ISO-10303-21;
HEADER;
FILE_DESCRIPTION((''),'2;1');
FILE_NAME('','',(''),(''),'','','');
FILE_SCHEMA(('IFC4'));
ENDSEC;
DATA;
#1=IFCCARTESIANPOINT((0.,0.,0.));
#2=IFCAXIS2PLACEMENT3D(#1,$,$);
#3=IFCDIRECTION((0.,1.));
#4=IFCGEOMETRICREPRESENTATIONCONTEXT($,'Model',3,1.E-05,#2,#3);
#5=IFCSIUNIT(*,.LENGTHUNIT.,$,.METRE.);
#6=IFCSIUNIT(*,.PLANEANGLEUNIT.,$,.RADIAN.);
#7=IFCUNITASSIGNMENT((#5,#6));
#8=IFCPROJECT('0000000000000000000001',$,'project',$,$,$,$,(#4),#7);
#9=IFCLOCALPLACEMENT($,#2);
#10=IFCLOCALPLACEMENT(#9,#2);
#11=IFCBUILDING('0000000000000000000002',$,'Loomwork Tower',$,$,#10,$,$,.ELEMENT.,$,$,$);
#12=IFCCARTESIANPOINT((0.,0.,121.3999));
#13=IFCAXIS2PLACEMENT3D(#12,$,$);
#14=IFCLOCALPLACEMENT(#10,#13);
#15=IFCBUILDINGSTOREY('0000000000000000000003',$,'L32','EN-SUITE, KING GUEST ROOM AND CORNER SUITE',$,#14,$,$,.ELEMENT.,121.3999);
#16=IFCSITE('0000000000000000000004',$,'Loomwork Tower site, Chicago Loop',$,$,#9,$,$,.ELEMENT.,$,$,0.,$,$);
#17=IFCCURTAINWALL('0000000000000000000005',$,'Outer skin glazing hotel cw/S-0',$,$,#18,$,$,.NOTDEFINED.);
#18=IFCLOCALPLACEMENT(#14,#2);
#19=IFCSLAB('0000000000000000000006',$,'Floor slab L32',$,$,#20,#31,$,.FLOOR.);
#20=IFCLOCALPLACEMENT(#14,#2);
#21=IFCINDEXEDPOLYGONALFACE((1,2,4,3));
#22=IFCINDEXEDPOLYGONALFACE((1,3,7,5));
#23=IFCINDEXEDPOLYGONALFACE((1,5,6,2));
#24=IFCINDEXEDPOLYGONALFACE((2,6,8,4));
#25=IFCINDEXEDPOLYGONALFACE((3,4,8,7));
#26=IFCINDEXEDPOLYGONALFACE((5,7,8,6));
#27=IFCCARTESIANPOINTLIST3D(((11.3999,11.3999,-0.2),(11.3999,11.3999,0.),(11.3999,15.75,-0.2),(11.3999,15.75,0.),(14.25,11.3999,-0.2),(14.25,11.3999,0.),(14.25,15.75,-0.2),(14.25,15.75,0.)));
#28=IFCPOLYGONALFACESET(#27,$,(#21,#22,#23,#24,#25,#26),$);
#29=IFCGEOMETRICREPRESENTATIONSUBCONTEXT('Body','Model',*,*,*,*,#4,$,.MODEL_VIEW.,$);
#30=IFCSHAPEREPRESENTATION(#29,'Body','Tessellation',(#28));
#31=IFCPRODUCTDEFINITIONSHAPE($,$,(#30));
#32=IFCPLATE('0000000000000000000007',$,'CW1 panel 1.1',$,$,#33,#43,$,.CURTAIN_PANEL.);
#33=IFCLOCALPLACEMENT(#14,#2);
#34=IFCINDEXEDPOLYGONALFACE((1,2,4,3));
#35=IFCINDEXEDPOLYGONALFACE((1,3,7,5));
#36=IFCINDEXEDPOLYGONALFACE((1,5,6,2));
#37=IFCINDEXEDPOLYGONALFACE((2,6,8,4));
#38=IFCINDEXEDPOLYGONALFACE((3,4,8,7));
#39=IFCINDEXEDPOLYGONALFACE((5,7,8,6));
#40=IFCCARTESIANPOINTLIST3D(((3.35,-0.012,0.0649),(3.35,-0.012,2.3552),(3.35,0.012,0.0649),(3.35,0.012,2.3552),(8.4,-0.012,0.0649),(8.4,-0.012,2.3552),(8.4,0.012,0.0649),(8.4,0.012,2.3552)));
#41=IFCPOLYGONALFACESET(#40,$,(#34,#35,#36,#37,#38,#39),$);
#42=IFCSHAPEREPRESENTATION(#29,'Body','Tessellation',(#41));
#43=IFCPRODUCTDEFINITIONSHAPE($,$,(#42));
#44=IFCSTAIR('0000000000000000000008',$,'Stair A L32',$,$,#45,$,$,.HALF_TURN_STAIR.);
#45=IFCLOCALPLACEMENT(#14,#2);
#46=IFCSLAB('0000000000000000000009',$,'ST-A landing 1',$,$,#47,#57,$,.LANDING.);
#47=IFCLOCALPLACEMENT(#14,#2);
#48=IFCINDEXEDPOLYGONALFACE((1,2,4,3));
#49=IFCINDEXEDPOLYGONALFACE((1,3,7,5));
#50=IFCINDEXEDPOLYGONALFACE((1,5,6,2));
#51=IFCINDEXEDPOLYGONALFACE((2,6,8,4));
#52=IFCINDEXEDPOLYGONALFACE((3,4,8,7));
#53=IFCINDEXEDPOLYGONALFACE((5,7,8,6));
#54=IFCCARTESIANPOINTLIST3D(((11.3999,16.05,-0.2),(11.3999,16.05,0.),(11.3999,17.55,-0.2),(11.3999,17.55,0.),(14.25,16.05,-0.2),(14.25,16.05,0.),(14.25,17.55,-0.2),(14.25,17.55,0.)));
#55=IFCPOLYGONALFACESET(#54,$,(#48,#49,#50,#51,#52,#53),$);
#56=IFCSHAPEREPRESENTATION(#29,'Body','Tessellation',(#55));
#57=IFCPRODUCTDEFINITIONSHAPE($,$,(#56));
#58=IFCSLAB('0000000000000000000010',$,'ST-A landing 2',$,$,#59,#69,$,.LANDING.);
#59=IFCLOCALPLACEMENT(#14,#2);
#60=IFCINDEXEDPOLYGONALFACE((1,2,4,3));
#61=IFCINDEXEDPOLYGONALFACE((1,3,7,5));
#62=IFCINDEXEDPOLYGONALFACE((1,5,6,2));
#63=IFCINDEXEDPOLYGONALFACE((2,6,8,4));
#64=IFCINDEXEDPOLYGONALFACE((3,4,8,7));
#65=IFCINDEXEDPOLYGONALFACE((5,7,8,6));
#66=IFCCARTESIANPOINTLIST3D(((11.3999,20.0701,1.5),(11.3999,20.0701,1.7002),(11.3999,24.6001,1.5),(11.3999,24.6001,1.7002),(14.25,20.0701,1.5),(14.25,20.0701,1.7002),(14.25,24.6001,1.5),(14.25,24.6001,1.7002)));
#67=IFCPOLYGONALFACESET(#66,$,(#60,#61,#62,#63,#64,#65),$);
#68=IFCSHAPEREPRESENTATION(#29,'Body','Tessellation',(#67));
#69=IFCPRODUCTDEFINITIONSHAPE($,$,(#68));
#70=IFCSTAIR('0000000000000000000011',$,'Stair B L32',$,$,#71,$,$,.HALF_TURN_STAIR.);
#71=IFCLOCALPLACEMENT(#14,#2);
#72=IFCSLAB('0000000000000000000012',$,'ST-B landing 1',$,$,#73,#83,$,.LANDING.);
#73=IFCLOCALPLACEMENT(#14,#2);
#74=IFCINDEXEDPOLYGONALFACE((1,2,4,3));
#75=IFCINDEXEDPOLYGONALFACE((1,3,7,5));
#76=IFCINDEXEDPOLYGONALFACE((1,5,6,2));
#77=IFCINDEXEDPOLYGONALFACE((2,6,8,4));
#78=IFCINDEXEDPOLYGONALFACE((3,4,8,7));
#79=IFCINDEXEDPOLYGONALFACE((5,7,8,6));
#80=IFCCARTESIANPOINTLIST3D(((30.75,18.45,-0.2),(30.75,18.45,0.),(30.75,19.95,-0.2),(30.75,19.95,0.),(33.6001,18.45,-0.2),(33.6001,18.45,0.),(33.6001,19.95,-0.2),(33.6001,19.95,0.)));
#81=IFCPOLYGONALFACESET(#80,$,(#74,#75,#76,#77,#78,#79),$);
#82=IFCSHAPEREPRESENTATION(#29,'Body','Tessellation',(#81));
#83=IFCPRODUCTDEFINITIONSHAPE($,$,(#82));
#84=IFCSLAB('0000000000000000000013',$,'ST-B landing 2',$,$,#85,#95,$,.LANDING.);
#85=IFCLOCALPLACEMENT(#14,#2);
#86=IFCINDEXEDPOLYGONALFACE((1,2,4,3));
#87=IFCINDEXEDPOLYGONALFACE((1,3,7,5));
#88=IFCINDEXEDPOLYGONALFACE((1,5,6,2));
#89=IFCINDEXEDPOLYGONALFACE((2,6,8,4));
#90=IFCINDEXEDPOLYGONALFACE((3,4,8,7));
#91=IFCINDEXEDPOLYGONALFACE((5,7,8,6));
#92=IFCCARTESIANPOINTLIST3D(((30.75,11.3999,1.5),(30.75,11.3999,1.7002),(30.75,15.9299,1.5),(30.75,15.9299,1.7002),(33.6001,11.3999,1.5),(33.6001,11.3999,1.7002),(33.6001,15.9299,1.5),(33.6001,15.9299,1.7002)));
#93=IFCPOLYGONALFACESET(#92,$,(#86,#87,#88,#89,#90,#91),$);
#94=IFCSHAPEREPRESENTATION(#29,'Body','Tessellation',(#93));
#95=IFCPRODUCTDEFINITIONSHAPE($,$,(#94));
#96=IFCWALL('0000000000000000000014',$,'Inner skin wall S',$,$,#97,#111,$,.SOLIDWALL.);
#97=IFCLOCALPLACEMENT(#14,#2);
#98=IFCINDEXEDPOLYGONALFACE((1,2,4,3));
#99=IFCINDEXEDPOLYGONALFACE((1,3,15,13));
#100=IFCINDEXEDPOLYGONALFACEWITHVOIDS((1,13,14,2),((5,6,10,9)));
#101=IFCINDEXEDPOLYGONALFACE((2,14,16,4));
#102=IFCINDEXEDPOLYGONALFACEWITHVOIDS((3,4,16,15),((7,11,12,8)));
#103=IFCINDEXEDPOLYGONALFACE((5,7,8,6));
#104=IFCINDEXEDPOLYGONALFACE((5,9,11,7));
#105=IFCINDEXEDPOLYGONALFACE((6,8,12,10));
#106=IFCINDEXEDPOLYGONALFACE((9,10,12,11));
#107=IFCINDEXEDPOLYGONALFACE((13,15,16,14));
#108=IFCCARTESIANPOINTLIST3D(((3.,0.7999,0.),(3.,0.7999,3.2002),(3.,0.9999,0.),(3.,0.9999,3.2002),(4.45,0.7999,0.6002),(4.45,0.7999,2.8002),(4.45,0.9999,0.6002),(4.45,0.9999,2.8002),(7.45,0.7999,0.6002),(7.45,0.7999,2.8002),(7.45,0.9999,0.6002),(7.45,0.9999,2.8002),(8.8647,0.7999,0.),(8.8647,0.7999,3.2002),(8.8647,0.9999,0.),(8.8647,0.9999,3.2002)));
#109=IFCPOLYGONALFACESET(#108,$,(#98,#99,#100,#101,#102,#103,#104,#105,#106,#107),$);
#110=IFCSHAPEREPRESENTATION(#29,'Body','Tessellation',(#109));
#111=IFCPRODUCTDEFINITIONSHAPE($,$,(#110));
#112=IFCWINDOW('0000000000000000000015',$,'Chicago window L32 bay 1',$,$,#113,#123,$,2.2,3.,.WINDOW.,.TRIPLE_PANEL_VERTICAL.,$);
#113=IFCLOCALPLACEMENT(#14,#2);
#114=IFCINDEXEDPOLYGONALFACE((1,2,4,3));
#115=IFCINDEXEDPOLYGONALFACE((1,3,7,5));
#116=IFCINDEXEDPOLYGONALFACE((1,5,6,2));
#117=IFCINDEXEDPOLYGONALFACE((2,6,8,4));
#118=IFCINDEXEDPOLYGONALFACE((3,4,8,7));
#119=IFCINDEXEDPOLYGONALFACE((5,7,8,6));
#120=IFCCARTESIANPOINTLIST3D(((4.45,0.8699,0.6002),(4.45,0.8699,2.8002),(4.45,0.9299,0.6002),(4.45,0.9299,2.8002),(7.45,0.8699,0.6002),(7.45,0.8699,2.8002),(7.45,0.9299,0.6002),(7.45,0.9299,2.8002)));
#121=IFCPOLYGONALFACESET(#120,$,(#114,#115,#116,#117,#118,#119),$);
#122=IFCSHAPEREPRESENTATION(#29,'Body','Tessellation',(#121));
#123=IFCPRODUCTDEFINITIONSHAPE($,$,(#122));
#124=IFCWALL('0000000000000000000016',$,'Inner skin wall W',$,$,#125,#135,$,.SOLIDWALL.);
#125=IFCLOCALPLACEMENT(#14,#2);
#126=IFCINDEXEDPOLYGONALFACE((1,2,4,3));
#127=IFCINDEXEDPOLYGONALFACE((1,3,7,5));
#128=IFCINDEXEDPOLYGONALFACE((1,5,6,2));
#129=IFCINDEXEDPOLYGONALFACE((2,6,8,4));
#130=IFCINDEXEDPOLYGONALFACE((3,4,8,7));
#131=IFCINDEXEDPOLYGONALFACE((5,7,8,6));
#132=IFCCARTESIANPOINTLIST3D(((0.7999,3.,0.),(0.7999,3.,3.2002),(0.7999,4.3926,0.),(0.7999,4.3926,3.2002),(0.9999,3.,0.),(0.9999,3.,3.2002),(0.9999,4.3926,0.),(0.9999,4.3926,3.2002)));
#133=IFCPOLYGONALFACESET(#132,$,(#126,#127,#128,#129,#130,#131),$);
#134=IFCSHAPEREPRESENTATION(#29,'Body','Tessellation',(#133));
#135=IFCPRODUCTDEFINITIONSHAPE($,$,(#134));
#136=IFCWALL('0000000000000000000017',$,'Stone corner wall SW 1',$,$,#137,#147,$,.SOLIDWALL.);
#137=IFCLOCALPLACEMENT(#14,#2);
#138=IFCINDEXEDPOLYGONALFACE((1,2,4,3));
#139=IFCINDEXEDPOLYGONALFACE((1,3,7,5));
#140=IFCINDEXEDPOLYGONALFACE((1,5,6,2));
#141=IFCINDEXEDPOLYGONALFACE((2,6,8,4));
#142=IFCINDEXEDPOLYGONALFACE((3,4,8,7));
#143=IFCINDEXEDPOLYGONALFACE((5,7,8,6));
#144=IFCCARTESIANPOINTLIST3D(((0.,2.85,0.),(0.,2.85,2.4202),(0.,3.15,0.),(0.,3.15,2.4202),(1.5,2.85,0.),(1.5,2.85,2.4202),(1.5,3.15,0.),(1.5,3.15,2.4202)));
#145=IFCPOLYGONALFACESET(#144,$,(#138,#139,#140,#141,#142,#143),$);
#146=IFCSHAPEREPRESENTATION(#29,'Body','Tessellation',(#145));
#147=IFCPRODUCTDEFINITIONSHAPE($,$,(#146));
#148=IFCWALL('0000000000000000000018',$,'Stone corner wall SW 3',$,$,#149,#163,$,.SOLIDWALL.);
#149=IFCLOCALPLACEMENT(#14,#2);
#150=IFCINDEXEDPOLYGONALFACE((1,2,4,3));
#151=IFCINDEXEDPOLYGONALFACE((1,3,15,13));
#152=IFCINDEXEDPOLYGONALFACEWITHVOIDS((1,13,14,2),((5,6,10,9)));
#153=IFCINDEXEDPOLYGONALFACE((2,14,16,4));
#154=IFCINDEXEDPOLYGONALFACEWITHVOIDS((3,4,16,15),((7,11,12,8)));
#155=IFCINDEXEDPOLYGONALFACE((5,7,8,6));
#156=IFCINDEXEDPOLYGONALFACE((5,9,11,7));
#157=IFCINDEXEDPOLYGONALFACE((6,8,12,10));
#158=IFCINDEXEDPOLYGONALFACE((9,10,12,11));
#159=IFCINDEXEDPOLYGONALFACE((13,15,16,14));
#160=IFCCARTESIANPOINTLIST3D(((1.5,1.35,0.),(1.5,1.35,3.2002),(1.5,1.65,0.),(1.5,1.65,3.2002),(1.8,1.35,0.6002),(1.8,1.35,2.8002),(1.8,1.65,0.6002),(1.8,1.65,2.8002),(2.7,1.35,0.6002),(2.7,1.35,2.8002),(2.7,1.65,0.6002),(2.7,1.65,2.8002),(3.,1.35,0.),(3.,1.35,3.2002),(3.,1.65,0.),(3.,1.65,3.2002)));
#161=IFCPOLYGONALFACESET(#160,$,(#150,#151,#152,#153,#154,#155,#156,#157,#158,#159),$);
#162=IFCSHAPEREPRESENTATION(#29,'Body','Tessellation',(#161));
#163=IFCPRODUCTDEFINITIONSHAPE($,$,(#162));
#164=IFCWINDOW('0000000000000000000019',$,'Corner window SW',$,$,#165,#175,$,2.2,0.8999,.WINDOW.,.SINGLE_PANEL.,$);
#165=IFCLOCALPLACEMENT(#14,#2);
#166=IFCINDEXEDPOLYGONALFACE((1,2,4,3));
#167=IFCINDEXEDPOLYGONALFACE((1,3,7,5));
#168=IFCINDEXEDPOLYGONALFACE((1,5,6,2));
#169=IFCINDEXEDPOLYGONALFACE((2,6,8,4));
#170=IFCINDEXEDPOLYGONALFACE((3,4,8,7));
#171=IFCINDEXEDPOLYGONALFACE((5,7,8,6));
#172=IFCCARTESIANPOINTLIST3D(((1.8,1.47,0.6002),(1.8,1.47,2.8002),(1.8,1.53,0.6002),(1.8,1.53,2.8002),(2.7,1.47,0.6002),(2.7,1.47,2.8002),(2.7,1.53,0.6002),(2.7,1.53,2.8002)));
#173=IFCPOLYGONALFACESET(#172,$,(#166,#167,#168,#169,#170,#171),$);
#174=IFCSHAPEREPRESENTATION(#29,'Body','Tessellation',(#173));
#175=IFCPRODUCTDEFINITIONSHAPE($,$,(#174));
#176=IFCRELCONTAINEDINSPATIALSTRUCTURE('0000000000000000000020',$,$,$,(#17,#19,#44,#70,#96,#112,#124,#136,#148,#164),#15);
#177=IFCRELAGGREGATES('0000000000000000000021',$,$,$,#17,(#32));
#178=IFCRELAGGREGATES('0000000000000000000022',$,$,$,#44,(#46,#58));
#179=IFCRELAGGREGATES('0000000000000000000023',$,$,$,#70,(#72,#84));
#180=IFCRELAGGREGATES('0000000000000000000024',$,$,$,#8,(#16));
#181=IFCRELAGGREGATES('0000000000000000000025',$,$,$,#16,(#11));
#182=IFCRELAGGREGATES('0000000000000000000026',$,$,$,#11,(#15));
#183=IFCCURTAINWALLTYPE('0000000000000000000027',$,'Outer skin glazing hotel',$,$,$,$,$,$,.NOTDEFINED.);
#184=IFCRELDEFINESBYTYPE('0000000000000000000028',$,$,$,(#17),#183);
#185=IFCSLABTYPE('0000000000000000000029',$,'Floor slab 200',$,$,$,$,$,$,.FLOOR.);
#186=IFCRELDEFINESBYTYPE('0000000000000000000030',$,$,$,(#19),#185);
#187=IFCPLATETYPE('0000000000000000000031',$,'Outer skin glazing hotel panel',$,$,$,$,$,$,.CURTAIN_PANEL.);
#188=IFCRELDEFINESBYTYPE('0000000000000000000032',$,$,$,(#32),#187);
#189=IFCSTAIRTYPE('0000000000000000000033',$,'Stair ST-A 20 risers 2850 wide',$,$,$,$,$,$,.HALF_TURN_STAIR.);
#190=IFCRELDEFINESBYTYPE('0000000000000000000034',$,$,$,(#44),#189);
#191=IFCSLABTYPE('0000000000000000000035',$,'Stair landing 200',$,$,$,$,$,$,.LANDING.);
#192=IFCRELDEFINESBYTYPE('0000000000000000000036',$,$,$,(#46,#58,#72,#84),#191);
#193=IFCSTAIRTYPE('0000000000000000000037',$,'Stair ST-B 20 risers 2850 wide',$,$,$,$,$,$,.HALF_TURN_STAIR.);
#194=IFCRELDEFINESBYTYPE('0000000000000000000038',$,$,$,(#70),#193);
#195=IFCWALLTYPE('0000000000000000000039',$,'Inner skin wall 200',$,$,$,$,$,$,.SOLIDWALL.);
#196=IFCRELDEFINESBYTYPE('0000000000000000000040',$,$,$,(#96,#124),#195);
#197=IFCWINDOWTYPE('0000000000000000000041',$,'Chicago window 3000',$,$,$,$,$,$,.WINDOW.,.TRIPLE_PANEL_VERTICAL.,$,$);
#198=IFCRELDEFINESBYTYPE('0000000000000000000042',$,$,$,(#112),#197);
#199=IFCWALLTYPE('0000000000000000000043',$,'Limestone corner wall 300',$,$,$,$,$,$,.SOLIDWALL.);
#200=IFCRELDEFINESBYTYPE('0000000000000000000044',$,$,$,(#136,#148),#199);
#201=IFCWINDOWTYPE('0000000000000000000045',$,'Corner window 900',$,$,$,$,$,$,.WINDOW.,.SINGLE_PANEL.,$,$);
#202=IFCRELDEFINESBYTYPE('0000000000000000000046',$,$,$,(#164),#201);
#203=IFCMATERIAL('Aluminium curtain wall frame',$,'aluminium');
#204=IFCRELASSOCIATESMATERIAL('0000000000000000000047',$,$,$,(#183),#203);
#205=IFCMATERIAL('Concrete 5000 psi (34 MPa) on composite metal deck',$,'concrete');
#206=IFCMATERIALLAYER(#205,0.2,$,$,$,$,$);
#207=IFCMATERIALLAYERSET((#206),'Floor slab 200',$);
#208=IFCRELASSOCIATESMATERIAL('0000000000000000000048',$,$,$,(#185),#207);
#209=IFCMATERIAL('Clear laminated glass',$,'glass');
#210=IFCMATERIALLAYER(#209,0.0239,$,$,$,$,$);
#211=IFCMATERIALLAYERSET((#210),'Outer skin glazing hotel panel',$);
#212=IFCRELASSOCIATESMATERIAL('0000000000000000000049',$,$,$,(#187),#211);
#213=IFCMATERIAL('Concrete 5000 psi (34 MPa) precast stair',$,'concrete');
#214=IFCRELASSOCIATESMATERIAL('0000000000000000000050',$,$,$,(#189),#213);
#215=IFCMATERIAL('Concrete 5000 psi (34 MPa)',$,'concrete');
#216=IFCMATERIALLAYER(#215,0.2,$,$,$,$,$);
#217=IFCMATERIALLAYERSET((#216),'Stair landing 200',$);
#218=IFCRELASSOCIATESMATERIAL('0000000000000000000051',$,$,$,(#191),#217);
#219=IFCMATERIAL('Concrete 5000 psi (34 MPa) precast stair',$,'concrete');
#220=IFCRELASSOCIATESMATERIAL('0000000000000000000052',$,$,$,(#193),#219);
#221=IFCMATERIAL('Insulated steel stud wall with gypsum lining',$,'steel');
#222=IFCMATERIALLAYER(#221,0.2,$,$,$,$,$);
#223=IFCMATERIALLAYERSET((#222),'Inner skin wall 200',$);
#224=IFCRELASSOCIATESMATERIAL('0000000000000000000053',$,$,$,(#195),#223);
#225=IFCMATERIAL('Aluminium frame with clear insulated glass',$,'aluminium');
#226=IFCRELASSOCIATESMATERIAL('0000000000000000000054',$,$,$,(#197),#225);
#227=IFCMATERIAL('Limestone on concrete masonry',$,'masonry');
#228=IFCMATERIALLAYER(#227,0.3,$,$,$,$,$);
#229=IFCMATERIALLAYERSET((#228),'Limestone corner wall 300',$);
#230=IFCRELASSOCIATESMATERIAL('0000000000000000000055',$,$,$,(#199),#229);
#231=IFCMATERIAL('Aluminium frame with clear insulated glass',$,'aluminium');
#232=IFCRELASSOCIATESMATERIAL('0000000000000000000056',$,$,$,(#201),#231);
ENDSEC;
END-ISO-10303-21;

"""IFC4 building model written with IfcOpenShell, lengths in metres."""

from ifc_helpers import new_model, si_unit, direction, frame, frame_2d, origin, origin_2d, place, context, subcontext, project, spatial, polyline, rectangle, outline, extrude, material, layer, layer_set, type_object, element, fill, aggregate, save


model = new_model("IFC4")

# Units and contexts
model_context = context("Model", 3, precision=1e-05, world=origin(), true_north=direction((0.0, 1.0)))
body_context = subcontext(model_context, "Body", "Model", "MODEL_VIEW")
ifc_project = project(units=[si_unit("LENGTHUNIT", "METRE"), si_unit("PLANEANGLEUNIT", "RADIAN")], contexts=[model_context])

# Site, building, storey
site_placement = place(None, origin())
site = spatial("IfcSite", under=ifc_project, at=site_placement, Name="Loomwork Tower site, Chicago Loop", CompositionType="ELEMENT", RefElevation=0.0)
building_placement = place(site_placement, origin())
building = spatial("IfcBuilding", under=site, at=building_placement, Name="Loomwork Tower", CompositionType="ELEMENT")
storey_placement = place(building_placement, frame((0.0, 0.0, 121.3999)))
storey = spatial("IfcBuildingStorey", under=building, at=storey_placement, Name="L32", Description="EN-SUITE, KING GUEST ROOM AND CORNER SUITE", CompositionType="ELEMENT", Elevation=121.3999)

# Curtain wall
ifc_material_1 = material(Name="Aluminium curtain wall frame", Category="aluminium")
curtain_wall_type = type_object("IfcCurtainWallType", Name="Outer skin glazing hotel", PredefinedType="NOTDEFINED", material=ifc_material_1)
curtain_wall_placement = place(storey_placement, origin())
curtain_wall = element("IfcCurtainWall", 1, at=curtain_wall_placement, inside=storey, type_object=curtain_wall_type, Name="Outer skin glazing hotel cw/S-0", PredefinedType="NOTDEFINED")

# Slab
ifc_material_2 = material(Name="Concrete 5000 psi (34 MPa) on composite metal deck", Category="concrete")
ifc_layer_1 = layer(ifc_material_2, 0.2)
ifc_layer_set_1 = layer_set([ifc_layer_1], Name="Floor slab 200")
slab_type_1 = type_object("IfcSlabType", Name="Floor slab 200", PredefinedType="FLOOR", material=ifc_layer_set_1)
slab_1_placement = place(storey_placement, frame((0.0, 0.0, -0.2)))
element("IfcSlab", 2, at=slab_1_placement, inside=storey, type_object=slab_type_1, Name="Floor slab L32", PredefinedType="FLOOR", context=body_context, shape_type="SweptSolid", body=[
    extrude(outline(polyline([(14.25, 15.75), (14.25, 11.3999), (11.3999, 11.3999), (11.3999, 15.75), (14.25, 15.75)])), origin(), (0.0, 0.0, 1.0), 0.2),
])

# Plate
ifc_material_3 = material(Name="Clear laminated glass", Category="glass")
ifc_layer_2 = layer(ifc_material_3, 0.0239)
ifc_layer_set_2 = layer_set([ifc_layer_2], Name="Outer skin glazing hotel panel")
plate_type = type_object("IfcPlateType", Name="Outer skin glazing hotel panel", PredefinedType="CURTAIN_PANEL", material=ifc_layer_set_2)
plate_placement = place(storey_placement, frame((5.875, 0.0, 0.0649), z_axis=(0.0, 0.0, 1.0), x_axis=(1.0, 0.0, 0.0)))
plate = element("IfcPlate", 3, at=plate_placement, type_object=plate_type, Name="CW1 panel 1.1", PredefinedType="CURTAIN_PANEL", context=body_context, shape_type="SweptSolid", body=[
    extrude(rectangle(XDim=5.05, YDim=0.0239, at=origin_2d()), origin(), (0.0, 0.0, 1.0), 2.2903),
])
aggregate(curtain_wall, [plate])

# Stairs, slabs
ifc_material_4 = material(Name="Concrete 5000 psi (34 MPa) precast stair", Category="concrete")
stair_type_1 = type_object("IfcStairType", Name="Stair ST-A 20 risers 2850 wide", PredefinedType="HALF_TURN_STAIR", material=ifc_material_4)
stair_1_placement = place(storey_placement, origin())
stair_1 = element("IfcStair", 4, at=stair_1_placement, inside=storey, type_object=stair_type_1, Name="Stair A L32", PredefinedType="HALF_TURN_STAIR")
ifc_material_5 = material(Name="Concrete 5000 psi (34 MPa)", Category="concrete")
ifc_layer_3 = layer(ifc_material_5, 0.2)
ifc_layer_set_3 = layer_set([ifc_layer_3], Name="Stair landing 200")
slab_type_2 = type_object("IfcSlabType", Name="Stair landing 200", PredefinedType="LANDING", material=ifc_layer_set_3)
slab_2_placement = place(storey_placement, frame((0.0, 0.0, -0.2)))
slab_2 = element("IfcSlab", 5, at=slab_2_placement, type_object=slab_type_2, Name="ST-A landing 1", PredefinedType="LANDING", context=body_context, shape_type="SweptSolid", body=[
    extrude(outline(polyline([(11.3999, 16.05), (14.25, 16.05), (14.25, 17.55), (11.3999, 17.55), (11.3999, 16.05)])), origin(), (0.0, 0.0, 1.0), 0.2),
])
slab_3_placement = place(storey_placement, frame((0.0, 0.0, 1.5)))
slab_3 = element("IfcSlab", 6, at=slab_3_placement, type_object=slab_type_2, Name="ST-A landing 2", PredefinedType="LANDING", context=body_context, shape_type="SweptSolid", body=[
    extrude(outline(polyline([(11.3999, 20.0701), (14.25, 20.0701), (14.25, 24.6001), (11.3999, 24.6001), (11.3999, 20.0701)])), origin(), (0.0, 0.0, 1.0), 0.2002),
])
aggregate(stair_1, [slab_2, slab_3])
ifc_material_6 = material(Name="Concrete 5000 psi (34 MPa) precast stair", Category="concrete")
stair_type_2 = type_object("IfcStairType", Name="Stair ST-B 20 risers 2850 wide", PredefinedType="HALF_TURN_STAIR", material=ifc_material_6)
stair_2_placement = place(storey_placement, origin())
stair_2 = element("IfcStair", 7, at=stair_2_placement, inside=storey, type_object=stair_type_2, Name="Stair B L32", PredefinedType="HALF_TURN_STAIR")
slab_4_placement = place(storey_placement, frame((0.0, 0.0, -0.2)))
slab_4 = element("IfcSlab", 8, at=slab_4_placement, type_object=slab_type_2, Name="ST-B landing 1", PredefinedType="LANDING", context=body_context, shape_type="SweptSolid", body=[
    extrude(outline(polyline([(30.75, 18.45), (33.6001, 18.45), (33.6001, 19.95), (30.75, 19.95), (30.75, 18.45)])), origin(), (0.0, 0.0, 1.0), 0.2),
])
slab_5_placement = place(storey_placement, frame((0.0, 0.0, 1.5)))
slab_5 = element("IfcSlab", 9, at=slab_5_placement, type_object=slab_type_2, Name="ST-B landing 2", PredefinedType="LANDING", context=body_context, shape_type="SweptSolid", body=[
    extrude(outline(polyline([(30.75, 11.3999), (33.6001, 11.3999), (33.6001, 15.9299), (30.75, 15.9299), (30.75, 11.3999)])), origin(), (0.0, 0.0, 1.0), 0.2002),
])
aggregate(stair_2, [slab_4, slab_5])

# Wall, opening, window
ifc_material_7 = material(Name="Insulated steel stud wall with gypsum lining", Category="steel")
ifc_layer_4 = layer(ifc_material_7, 0.2)
ifc_layer_set_4 = layer_set([ifc_layer_4], Name="Inner skin wall 200")
wall_type_1 = type_object("IfcWallType", Name="Inner skin wall 200", PredefinedType="SOLIDWALL", material=ifc_layer_set_4)
wall_1_placement = place(storey_placement, frame((3.0, 0.8999, 0.0), z_axis=(0.0, 0.0, 1.0), x_axis=(1.0, 0.0, 0.0)))
wall_1 = element("IfcWall", 10, at=wall_1_placement, inside=storey, type_object=wall_type_1, Name="Inner skin wall S", PredefinedType="SOLIDWALL", context=body_context, shape_type="SweptSolid", body=[
    extrude(rectangle(XDim=5.8647, YDim=0.2, at=frame_2d((2.9324, 0.0))), origin(), (0.0, 0.0, 1.0), 3.2002),
])
opening_1_placement = place(wall_1_placement, frame((1.45, 0.0, 0.6001)))
opening_1 = element("IfcOpeningElement", 11, at=opening_1_placement, cuts=wall_1, PredefinedType="OPENING", context=body_context, shape_type="SweptSolid", body=[
    extrude(rectangle(XDim=3.0, YDim=2.2, at=frame_2d((1.5, 1.1001))), frame((0.0, 0.1099, 0.0), z_axis=(0.0, -1.0, 0.0), x_axis=(1.0, 0.0, 0.0)), (0.0, 0.0, 1.0), 0.22),
])
ifc_material_8 = material(Name="Aluminium frame with clear insulated glass", Category="aluminium")
window_type_1 = type_object("IfcWindowType", Name="Chicago window 3000", PartitioningType="TRIPLE_PANEL_VERTICAL", PredefinedType="WINDOW", material=ifc_material_8)
window_1_placement = place(opening_1_placement, origin())
window_1 = element("IfcWindow", 12, at=window_1_placement, inside=storey, type_object=window_type_1, Name="Chicago window L32 bay 1", OverallHeight=2.2, OverallWidth=3.0, PartitioningType="TRIPLE_PANEL_VERTICAL", PredefinedType="WINDOW", context=body_context, shape_type="SweptSolid", body=[
    extrude(rectangle(XDim=3.0, YDim=2.2, at=frame_2d((1.5, 1.1001))), frame((0.0, 0.03, 0.0), z_axis=(0.0, -1.0, 0.0), x_axis=(1.0, 0.0, 0.0)), (0.0, 0.0, 1.0), 0.0601),
])
fill(opening_1, window_1)

# Walls
wall_2_placement = place(storey_placement, frame((0.8999, 3.0, 0.0), z_axis=(0.0, 0.0, 1.0), x_axis=(0.0, 1.0, 0.0)))
element("IfcWall", 13, at=wall_2_placement, inside=storey, type_object=wall_type_1, Name="Inner skin wall W", PredefinedType="SOLIDWALL", context=body_context, shape_type="SweptSolid", body=[
    extrude(rectangle(XDim=1.3926, YDim=0.2, at=frame_2d((0.6963, 0.0))), origin(), (0.0, 0.0, 1.0), 3.2002),
])
ifc_material_9 = material(Name="Limestone on concrete masonry", Category="masonry")
ifc_layer_5 = layer(ifc_material_9, 0.3)
ifc_layer_set_5 = layer_set([ifc_layer_5], Name="Limestone corner wall 300")
wall_type_2 = type_object("IfcWallType", Name="Limestone corner wall 300", PredefinedType="SOLIDWALL", material=ifc_layer_set_5)
wall_3_placement = place(storey_placement, frame((0.0, 3.0, 0.0), z_axis=(0.0, 0.0, 1.0), x_axis=(1.0, 0.0, 0.0)))
element("IfcWall", 14, at=wall_3_placement, inside=storey, type_object=wall_type_2, Name="Stone corner wall SW 1", PredefinedType="SOLIDWALL", context=body_context, shape_type="SweptSolid", body=[
    extrude(rectangle(XDim=1.5, YDim=0.3, at=frame_2d((0.75, 0.0))), origin(), (0.0, 0.0, 1.0), 2.4202),
])

# Wall, opening, window
wall_4_placement = place(storey_placement, frame((1.5, 1.5, 0.0), z_axis=(0.0, 0.0, 1.0), x_axis=(1.0, 0.0, 0.0)))
wall_4 = element("IfcWall", 15, at=wall_4_placement, inside=storey, type_object=wall_type_2, Name="Stone corner wall SW 3", PredefinedType="SOLIDWALL", context=body_context, shape_type="SweptSolid", body=[
    extrude(rectangle(XDim=1.5, YDim=0.3, at=frame_2d((0.75, 0.0))), origin(), (0.0, 0.0, 1.0), 3.2002),
])
opening_2_placement = place(wall_4_placement, frame((0.3, 0.0, 0.6001)))
opening_2 = element("IfcOpeningElement", 16, at=opening_2_placement, cuts=wall_4, PredefinedType="OPENING", context=body_context, shape_type="SweptSolid", body=[
    extrude(rectangle(XDim=0.8999, YDim=2.2, at=frame_2d((0.45, 1.1001))), frame((0.0, 0.1599, 0.0), z_axis=(0.0, -1.0, 0.0), x_axis=(1.0, 0.0, 0.0)), (0.0, 0.0, 1.0), 0.3201),
])
ifc_material_10 = material(Name="Aluminium frame with clear insulated glass", Category="aluminium")
window_type_2 = type_object("IfcWindowType", Name="Corner window 900", PartitioningType="SINGLE_PANEL", PredefinedType="WINDOW", material=ifc_material_10)
window_2_placement = place(opening_2_placement, origin())
window_2 = element("IfcWindow", 17, at=window_2_placement, inside=storey, type_object=window_type_2, Name="Corner window SW", OverallHeight=2.2, OverallWidth=0.8999, PartitioningType="SINGLE_PANEL", PredefinedType="WINDOW", context=body_context, shape_type="SweptSolid", body=[
    extrude(rectangle(XDim=0.8999, YDim=2.2, at=frame_2d((0.45, 1.1001))), frame((0.0, 0.03, 0.0), z_axis=(0.0, -1.0, 0.0), x_axis=(1.0, 0.0, 0.0)), (0.0, 0.0, 1.0), 0.0601),
])
fill(opening_2, window_2)

save(model, "model.ifc")
